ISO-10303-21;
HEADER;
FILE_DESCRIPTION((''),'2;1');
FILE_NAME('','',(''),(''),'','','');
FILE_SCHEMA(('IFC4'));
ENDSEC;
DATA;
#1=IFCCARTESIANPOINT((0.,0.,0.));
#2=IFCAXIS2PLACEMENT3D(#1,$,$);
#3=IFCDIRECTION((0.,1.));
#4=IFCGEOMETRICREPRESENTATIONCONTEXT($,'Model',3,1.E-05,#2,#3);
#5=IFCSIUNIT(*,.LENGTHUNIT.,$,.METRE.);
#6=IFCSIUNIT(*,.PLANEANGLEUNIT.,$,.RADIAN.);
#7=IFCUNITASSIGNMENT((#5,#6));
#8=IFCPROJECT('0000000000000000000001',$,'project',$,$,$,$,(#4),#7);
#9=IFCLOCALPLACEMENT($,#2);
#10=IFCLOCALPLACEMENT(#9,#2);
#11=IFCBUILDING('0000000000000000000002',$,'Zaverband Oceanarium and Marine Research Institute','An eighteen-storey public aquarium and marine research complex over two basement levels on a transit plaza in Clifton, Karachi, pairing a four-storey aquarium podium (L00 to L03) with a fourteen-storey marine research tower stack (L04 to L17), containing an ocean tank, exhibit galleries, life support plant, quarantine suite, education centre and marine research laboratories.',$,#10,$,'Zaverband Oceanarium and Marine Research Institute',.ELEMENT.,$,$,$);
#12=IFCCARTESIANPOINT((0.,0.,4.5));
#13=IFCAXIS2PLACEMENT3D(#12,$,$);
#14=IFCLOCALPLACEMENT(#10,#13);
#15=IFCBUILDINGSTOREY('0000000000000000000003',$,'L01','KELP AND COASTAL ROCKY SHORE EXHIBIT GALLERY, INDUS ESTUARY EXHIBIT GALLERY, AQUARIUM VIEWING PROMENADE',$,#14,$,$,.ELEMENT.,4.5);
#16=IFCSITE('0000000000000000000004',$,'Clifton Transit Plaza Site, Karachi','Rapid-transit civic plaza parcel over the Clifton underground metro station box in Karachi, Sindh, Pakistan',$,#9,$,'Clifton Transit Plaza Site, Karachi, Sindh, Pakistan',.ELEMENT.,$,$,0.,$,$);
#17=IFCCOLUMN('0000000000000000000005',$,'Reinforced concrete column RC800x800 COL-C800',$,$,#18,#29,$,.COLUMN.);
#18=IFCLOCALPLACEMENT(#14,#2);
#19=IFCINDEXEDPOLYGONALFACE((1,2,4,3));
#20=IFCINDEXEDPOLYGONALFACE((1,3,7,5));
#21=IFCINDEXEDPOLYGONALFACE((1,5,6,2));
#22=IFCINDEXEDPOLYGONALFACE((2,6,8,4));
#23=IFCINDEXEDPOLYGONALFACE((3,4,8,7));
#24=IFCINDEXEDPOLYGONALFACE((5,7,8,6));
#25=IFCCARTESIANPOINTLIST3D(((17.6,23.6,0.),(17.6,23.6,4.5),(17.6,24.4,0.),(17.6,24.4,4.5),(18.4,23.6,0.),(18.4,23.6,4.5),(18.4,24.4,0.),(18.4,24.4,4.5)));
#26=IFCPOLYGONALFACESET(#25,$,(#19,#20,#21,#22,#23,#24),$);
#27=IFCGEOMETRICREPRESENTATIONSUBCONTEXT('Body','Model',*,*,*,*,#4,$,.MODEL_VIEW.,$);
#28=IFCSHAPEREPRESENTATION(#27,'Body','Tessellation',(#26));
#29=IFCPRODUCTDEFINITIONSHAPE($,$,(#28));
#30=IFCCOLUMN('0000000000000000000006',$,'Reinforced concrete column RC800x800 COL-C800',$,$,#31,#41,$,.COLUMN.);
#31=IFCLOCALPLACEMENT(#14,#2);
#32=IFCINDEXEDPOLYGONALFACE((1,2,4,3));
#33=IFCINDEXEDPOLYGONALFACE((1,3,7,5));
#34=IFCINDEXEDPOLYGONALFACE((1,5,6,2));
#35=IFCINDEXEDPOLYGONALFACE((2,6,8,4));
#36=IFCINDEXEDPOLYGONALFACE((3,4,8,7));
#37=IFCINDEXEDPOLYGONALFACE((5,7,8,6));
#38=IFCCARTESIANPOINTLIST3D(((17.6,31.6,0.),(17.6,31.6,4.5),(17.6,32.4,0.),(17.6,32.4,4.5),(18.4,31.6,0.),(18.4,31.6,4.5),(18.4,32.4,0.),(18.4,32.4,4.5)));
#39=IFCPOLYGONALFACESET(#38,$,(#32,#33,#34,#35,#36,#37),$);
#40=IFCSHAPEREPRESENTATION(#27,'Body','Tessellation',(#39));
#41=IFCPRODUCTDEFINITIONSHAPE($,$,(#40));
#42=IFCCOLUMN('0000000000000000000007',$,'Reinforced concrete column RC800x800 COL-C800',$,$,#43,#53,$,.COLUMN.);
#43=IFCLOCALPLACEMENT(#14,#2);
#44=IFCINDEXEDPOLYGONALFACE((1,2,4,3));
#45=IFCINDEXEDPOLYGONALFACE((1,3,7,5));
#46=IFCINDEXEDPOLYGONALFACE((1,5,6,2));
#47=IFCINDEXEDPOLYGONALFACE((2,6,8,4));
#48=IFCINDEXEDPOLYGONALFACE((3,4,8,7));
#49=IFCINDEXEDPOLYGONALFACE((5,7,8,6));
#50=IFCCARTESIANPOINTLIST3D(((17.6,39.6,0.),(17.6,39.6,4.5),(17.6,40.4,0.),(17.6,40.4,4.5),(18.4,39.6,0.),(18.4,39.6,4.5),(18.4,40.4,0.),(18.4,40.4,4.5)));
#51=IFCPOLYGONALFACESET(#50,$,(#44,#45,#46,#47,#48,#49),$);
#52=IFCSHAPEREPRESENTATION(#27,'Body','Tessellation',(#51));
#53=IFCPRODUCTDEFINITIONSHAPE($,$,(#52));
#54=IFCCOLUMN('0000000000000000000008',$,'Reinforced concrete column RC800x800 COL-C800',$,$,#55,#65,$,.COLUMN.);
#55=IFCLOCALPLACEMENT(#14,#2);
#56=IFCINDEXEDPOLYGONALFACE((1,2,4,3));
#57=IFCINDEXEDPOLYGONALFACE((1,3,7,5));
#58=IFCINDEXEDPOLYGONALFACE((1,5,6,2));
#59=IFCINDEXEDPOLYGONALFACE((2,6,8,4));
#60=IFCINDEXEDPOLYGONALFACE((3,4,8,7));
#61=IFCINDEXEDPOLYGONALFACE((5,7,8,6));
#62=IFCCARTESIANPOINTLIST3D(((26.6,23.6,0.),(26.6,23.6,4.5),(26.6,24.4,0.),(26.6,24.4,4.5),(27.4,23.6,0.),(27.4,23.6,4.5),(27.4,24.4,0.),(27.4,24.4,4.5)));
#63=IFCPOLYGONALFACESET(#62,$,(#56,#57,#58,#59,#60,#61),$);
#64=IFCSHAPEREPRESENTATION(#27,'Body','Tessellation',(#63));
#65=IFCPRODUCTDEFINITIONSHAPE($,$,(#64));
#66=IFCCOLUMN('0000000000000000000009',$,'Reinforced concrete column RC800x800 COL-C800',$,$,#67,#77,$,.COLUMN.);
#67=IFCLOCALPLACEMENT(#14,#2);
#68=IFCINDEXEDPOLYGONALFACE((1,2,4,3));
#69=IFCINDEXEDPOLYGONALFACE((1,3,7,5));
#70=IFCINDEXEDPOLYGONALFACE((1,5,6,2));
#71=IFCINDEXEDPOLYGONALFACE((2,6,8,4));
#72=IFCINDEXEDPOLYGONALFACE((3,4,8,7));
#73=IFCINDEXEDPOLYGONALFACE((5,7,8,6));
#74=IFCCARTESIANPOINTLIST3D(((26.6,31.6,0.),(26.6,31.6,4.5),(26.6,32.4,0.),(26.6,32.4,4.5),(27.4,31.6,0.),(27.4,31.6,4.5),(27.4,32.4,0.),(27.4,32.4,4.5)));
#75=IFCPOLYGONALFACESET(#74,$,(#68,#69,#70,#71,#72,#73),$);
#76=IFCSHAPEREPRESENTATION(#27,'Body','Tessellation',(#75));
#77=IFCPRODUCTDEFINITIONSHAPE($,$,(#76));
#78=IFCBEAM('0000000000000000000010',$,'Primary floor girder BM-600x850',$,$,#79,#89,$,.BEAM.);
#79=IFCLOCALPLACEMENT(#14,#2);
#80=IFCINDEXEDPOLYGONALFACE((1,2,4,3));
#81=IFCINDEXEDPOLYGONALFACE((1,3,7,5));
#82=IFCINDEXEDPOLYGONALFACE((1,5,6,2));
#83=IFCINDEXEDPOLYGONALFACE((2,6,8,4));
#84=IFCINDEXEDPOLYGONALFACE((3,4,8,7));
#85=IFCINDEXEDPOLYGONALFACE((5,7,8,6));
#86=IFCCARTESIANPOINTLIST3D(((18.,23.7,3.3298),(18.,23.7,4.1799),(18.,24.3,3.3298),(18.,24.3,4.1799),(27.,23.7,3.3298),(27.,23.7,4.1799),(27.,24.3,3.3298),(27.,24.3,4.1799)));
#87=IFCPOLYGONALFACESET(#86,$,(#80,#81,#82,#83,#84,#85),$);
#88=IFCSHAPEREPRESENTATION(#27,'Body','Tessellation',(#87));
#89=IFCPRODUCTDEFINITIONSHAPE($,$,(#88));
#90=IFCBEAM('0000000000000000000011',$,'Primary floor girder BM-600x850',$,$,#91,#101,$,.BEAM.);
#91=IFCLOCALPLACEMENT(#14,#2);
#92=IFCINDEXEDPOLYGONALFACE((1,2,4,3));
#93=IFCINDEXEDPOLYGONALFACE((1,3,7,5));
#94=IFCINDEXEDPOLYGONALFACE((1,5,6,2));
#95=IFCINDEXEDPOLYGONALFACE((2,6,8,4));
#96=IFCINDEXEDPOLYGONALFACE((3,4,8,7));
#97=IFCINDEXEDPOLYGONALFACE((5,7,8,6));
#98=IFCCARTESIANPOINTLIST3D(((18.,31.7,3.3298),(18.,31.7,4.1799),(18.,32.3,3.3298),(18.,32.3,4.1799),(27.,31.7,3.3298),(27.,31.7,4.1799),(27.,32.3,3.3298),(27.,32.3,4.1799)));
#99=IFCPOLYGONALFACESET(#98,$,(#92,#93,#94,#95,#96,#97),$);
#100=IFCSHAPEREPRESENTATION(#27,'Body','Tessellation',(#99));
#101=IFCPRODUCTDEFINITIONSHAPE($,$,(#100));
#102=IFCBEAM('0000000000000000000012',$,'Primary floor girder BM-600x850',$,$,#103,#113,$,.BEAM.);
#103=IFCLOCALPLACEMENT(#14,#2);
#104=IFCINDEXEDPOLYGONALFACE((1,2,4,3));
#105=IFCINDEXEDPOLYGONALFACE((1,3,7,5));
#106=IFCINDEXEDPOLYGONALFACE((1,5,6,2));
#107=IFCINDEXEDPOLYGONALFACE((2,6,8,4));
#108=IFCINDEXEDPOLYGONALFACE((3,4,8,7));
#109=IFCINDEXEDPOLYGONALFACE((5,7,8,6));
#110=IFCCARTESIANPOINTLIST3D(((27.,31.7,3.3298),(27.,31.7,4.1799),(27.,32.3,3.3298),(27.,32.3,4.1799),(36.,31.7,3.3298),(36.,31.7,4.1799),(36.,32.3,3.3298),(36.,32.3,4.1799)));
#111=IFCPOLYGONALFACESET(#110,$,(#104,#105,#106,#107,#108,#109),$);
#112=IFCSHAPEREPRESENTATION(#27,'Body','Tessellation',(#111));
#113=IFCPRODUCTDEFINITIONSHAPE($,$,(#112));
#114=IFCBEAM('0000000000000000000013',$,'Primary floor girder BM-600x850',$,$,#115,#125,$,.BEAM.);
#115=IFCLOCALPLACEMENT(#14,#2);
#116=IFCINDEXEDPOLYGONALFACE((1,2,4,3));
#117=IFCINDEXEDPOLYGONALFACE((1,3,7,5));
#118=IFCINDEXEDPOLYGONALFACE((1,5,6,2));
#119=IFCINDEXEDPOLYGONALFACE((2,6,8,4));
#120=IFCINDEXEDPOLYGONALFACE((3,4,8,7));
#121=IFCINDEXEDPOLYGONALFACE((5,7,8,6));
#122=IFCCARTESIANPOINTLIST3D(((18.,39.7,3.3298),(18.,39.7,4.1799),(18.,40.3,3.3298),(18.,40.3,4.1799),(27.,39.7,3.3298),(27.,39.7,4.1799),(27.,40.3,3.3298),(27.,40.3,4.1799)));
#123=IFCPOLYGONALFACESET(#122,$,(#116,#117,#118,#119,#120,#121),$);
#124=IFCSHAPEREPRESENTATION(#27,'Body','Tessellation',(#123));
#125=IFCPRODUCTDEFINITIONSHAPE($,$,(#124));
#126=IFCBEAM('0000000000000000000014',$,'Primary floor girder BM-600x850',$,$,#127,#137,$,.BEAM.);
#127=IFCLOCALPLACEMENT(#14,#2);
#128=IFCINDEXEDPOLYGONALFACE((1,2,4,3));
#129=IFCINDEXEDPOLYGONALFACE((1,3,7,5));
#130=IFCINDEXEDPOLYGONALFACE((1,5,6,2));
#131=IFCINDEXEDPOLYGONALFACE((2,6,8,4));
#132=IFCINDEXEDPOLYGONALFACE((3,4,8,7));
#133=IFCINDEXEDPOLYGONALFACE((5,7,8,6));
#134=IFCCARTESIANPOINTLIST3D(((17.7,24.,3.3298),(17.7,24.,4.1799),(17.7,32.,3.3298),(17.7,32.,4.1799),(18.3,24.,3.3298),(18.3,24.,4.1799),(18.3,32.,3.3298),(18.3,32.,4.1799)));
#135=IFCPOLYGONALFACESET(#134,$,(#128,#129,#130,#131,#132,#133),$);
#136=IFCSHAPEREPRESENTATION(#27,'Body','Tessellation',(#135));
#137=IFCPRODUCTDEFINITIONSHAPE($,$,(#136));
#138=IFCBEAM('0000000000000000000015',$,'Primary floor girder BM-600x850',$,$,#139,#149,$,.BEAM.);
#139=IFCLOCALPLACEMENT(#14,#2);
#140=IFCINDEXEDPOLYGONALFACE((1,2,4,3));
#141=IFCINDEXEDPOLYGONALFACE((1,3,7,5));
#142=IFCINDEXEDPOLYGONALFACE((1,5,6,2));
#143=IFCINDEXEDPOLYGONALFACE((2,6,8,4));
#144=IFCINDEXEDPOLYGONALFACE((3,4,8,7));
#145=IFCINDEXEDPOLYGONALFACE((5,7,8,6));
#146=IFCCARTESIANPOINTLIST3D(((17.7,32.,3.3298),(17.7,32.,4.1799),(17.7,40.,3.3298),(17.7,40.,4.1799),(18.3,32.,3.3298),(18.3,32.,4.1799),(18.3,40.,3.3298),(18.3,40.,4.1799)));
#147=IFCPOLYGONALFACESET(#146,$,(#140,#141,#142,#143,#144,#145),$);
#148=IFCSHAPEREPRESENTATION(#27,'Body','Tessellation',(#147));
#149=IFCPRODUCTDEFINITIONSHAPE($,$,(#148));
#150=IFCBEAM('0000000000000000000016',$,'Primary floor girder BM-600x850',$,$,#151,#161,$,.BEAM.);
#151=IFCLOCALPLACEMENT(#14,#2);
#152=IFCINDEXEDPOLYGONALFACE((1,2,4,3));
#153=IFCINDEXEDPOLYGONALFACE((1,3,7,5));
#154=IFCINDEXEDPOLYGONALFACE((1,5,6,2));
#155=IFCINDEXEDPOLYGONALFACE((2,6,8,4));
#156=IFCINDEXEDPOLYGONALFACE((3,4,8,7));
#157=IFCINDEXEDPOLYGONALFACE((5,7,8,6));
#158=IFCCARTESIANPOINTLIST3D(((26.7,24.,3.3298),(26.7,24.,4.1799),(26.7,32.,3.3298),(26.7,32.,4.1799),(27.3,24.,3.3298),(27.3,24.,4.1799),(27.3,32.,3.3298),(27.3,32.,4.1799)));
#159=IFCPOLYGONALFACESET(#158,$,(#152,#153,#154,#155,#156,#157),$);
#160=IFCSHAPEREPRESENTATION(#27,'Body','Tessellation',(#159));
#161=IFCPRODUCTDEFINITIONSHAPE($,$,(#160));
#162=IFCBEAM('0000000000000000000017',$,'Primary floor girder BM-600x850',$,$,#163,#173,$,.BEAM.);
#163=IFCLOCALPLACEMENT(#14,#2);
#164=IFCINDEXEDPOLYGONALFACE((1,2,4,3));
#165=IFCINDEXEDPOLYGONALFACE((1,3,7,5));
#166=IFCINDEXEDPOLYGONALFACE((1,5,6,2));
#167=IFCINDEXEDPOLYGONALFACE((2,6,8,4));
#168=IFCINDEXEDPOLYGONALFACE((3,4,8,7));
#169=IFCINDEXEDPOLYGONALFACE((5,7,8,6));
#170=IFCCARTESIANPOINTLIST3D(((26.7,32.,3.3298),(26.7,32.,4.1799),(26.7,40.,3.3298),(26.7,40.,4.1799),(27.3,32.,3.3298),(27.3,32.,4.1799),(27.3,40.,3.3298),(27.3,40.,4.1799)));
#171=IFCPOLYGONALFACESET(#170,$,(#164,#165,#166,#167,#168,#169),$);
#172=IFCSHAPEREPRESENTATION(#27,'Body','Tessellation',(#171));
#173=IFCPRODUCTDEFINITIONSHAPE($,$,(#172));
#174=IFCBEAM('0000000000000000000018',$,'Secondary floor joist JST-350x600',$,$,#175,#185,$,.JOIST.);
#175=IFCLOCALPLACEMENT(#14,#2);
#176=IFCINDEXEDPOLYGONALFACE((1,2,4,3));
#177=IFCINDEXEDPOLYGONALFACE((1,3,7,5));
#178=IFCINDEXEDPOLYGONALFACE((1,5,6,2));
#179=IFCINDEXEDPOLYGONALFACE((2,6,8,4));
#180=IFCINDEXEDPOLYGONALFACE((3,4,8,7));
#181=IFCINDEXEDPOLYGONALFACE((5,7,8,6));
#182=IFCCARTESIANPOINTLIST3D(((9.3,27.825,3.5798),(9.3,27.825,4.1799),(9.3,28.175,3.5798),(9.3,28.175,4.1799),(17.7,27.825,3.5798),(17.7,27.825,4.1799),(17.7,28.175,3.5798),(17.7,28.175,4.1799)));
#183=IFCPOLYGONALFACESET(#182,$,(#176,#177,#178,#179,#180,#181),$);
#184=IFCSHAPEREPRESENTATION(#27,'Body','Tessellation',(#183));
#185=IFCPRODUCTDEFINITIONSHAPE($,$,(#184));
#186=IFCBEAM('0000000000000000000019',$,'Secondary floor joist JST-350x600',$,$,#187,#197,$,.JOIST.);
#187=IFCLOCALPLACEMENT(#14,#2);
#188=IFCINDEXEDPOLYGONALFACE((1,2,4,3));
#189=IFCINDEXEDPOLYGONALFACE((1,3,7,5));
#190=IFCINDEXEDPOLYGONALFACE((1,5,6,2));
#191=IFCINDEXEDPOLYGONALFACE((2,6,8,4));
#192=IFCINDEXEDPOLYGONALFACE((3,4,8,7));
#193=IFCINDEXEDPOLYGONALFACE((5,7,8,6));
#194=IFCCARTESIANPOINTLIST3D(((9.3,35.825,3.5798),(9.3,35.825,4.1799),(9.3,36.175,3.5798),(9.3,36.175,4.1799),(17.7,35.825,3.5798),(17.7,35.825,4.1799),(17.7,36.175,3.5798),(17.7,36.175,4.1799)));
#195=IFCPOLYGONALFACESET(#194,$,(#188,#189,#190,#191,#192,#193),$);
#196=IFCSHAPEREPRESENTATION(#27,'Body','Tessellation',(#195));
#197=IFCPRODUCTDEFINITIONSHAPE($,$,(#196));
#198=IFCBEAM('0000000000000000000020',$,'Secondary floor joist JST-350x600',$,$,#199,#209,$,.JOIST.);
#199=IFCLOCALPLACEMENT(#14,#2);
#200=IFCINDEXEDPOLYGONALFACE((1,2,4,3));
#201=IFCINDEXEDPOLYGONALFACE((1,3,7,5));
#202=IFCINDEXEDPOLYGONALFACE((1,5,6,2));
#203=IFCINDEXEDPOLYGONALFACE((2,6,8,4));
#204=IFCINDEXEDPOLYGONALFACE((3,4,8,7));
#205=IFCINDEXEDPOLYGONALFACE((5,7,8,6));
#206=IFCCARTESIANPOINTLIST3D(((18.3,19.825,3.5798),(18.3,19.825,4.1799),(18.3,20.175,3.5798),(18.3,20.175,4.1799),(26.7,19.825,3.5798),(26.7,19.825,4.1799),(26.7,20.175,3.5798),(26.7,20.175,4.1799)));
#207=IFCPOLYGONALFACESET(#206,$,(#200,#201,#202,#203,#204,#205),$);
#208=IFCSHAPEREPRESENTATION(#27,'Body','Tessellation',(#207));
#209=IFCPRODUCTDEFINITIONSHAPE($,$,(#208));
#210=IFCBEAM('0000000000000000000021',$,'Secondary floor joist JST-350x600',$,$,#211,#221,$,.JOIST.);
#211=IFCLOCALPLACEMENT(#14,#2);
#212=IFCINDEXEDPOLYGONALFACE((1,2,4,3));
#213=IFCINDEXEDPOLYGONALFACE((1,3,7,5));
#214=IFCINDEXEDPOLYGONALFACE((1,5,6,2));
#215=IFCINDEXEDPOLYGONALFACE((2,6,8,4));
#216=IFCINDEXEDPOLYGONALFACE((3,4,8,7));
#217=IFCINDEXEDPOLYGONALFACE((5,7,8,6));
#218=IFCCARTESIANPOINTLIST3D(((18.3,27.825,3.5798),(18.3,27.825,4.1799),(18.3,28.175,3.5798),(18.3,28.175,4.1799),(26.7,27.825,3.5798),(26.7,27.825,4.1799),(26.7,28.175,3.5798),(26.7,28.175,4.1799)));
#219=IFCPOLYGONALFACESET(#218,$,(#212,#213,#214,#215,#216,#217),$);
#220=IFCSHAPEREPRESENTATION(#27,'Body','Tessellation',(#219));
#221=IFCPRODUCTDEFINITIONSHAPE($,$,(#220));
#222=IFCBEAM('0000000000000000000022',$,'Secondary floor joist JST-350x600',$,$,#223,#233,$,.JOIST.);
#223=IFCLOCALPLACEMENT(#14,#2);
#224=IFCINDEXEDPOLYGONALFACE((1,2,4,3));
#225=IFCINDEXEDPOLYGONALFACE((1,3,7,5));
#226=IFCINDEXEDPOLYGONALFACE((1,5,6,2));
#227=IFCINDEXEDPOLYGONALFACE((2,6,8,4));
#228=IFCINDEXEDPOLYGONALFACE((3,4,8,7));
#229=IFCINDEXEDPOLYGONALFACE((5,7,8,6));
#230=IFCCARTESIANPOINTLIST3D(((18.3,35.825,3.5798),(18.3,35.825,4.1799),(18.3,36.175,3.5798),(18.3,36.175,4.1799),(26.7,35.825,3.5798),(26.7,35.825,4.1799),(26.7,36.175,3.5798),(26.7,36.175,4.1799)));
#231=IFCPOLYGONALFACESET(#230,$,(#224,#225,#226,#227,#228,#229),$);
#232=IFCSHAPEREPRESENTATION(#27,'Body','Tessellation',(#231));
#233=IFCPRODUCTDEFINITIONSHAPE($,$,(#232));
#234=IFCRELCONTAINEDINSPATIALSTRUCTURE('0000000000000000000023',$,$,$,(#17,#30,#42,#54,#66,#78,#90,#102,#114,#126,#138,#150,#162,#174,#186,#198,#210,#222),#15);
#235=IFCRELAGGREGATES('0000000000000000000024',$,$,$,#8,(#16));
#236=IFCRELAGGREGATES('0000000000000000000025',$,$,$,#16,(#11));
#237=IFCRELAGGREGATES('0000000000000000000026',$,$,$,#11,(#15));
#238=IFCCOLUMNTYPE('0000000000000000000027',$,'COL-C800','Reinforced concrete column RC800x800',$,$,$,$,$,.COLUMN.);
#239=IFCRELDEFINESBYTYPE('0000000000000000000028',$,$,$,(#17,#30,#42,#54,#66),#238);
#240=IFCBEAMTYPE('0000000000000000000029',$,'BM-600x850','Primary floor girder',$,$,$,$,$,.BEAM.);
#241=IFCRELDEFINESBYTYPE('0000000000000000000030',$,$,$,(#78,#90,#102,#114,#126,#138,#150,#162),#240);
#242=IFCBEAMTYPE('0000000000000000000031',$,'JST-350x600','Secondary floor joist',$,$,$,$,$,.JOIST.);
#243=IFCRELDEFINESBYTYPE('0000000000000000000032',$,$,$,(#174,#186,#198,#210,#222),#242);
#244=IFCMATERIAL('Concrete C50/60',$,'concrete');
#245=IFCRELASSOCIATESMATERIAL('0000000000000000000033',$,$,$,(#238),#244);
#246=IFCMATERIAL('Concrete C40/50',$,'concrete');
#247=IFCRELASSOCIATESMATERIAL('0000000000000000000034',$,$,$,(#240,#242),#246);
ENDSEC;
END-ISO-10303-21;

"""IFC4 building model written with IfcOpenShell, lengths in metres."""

from ifc_helpers import new_model, si_unit, direction, frame, origin, origin_2d, place, context, subcontext, project, spatial, rectangle, extrude, material, material_profile, profile_set, type_object, element, save


model = new_model("IFC4")

# Units and contexts
model_context = context("Model", 3, precision=1e-05, world=origin(), true_north=direction((0.0, 1.0)))
body_context = subcontext(model_context, "Body", "Model", "MODEL_VIEW")
ifc_project = project(units=[si_unit("LENGTHUNIT", "METRE"), si_unit("PLANEANGLEUNIT", "RADIAN")], contexts=[model_context])

# Site, building, storey
site_placement = place(None, origin())
site = spatial("IfcSite", under=ifc_project, at=site_placement, Name="Clifton Transit Plaza Site, Karachi", Description="Rapid-transit civic plaza parcel over the Clifton underground metro station box in Karachi, Sindh, Pakistan", LongName="Clifton Transit Plaza Site, Karachi, Sindh, Pakistan", CompositionType="ELEMENT", RefElevation=0.0)
building_placement = place(site_placement, origin())
building = spatial("IfcBuilding", under=site, at=building_placement, Name="Zaverband Oceanarium and Marine Research Institute", Description="An eighteen-storey public aquarium and marine research complex over two basement levels on a transit plaza in Clifton, Karachi, pairing a four-storey aquarium podium (L00 to L03) with a fourteen-storey marine research tower stack (L04 to L17), containing an ocean tank, exhibit galleries, life support plant, quarantine suite, education centre and marine research laboratories.", LongName="Zaverband Oceanarium and Marine Research Institute", CompositionType="ELEMENT")
storey_placement = place(building_placement, frame((0.0, 0.0, 4.5)))
storey = spatial("IfcBuildingStorey", under=building, at=storey_placement, Name="L01", Description="KELP AND COASTAL ROCKY SHORE EXHIBIT GALLERY, INDUS ESTUARY EXHIBIT GALLERY, AQUARIUM VIEWING PROMENADE", CompositionType="ELEMENT", Elevation=4.5)

# Columns
ifc_material_1 = material(Name="Concrete C50/60", Category="concrete")
ifc_material_profile_1 = material_profile(ifc_material_1, rectangle(XDim=0.8, YDim=0.8, at=origin_2d()), Name="RC800x800")
ifc_profile_set_1 = profile_set([ifc_material_profile_1], Name="Concrete C50/60")
column_type = type_object("IfcColumnType", Name="COL-C800", Description="Reinforced concrete column RC800x800", PredefinedType="COLUMN", material=ifc_profile_set_1)
for number, where, z_axis, x_axis, name in (
    (1, (18.0, 24.0, 0.0), (0.0, 0.0, 1.0), (1.0, 0.0, 0.0), "Reinforced concrete column RC800x800 COL-C800"),
    (2, (18.0, 32.0, 0.0), (0.0, 0.0, 1.0), (1.0, 0.0, 0.0), "Reinforced concrete column RC800x800 COL-C800"),
    (3, (18.0, 40.0, 0.0), (0.0, 0.0, 1.0), (1.0, 0.0, 0.0), "Reinforced concrete column RC800x800 COL-C800"),
    (4, (27.0, 24.0, 0.0), (0.0, 0.0, 1.0), (1.0, 0.0, 0.0), "Reinforced concrete column RC800x800 COL-C800"),
    (5, (27.0, 32.0, 0.0), (0.0, 0.0, 1.0), (1.0, 0.0, 0.0), "Reinforced concrete column RC800x800 COL-C800"),
):
    element("IfcColumn", number, at=place(storey_placement, frame(where, z_axis=z_axis, x_axis=x_axis)), inside=storey, type_object=column_type, Name=name, PredefinedType="COLUMN", context=body_context, shape_type="SweptSolid", body=[
        extrude(rectangle(XDim=0.8, YDim=0.8, at=origin_2d()), origin(), (0.0, 0.0, 1.0), 4.5),
    ])

# Beams
ifc_material_2 = material(Name="Concrete C40/50", Category="concrete")
ifc_material_profile_2 = material_profile(ifc_material_2, rectangle(XDim=0.6001, YDim=0.8501, at=origin_2d()), Name="RC600x850")
ifc_profile_set_2 = profile_set([ifc_material_profile_2], Name="Concrete C40/50")
beam_type_1 = type_object("IfcBeamType", Name="BM-600x850", Description="Primary floor girder", PredefinedType="BEAM", material=ifc_profile_set_2)
for number, where, z_axis, x_axis, name in (
    (6, (18.0, 24.0, 3.7549), (1.0, 0.0, 0.0), (0.0, 1.0, 0.0), "Primary floor girder BM-600x850"),
    (7, (18.0, 32.0, 3.7549), (1.0, 0.0, 0.0), (0.0, 1.0, 0.0), "Primary floor girder BM-600x850"),
    (8, (27.0, 32.0, 3.7549), (1.0, 0.0, 0.0), (0.0, 1.0, 0.0), "Primary floor girder BM-600x850"),
    (9, (18.0, 40.0, 3.7549), (1.0, 0.0, 0.0), (0.0, 1.0, 0.0), "Primary floor girder BM-600x850"),
):
    element("IfcBeam", number, at=place(storey_placement, frame(where, z_axis=z_axis, x_axis=x_axis)), inside=storey, type_object=beam_type_1, Name=name, PredefinedType="BEAM", context=body_context, shape_type="SweptSolid", body=[
        extrude(rectangle(XDim=0.6001, YDim=0.8501, at=origin_2d()), origin(), (0.0, 0.0, 1.0), 9.0),
    ])
for number, where, z_axis, x_axis, name in (
    (10, (18.0, 24.0, 3.7549), (0.0, 1.0, 0.0), (-1.0, 0.0, 0.0), "Primary floor girder BM-600x850"),
    (11, (18.0, 32.0, 3.7549), (0.0, 1.0, 0.0), (-1.0, 0.0, 0.0), "Primary floor girder BM-600x850"),
    (12, (27.0, 24.0, 3.7549), (0.0, 1.0, 0.0), (-1.0, 0.0, 0.0), "Primary floor girder BM-600x850"),
    (13, (27.0, 32.0, 3.7549), (0.0, 1.0, 0.0), (-1.0, 0.0, 0.0), "Primary floor girder BM-600x850"),
):
    element("IfcBeam", number, at=place(storey_placement, frame(where, z_axis=z_axis, x_axis=x_axis)), inside=storey, type_object=beam_type_1, Name=name, PredefinedType="BEAM", context=body_context, shape_type="SweptSolid", body=[
        extrude(rectangle(XDim=0.6001, YDim=0.8501, at=origin_2d()), origin(), (0.0, 0.0, 1.0), 8.0),
    ])
ifc_material_profile_3 = material_profile(ifc_material_2, rectangle(XDim=0.3501, YDim=0.6001, at=origin_2d()), Name="RC350x600")
ifc_profile_set_3 = profile_set([ifc_material_profile_3], Name="Concrete C40/50")
beam_type_2 = type_object("IfcBeamType", Name="JST-350x600", Description="Secondary floor joist", PredefinedType="JOIST", material=ifc_profile_set_3)
for number, where, z_axis, x_axis, name in (
    (14, (9.3, 28.0, 3.8799), (1.0, 0.0, 0.0), (0.0, 1.0, 0.0), "Secondary floor joist JST-350x600"),
    (15, (9.3, 36.0, 3.8799), (1.0, 0.0, 0.0), (0.0, 1.0, 0.0), "Secondary floor joist JST-350x600"),
    (16, (18.3, 20.0, 3.8799), (1.0, 0.0, 0.0), (0.0, 1.0, 0.0), "Secondary floor joist JST-350x600"),
    (17, (18.3, 28.0, 3.8799), (1.0, 0.0, 0.0), (0.0, 1.0, 0.0), "Secondary floor joist JST-350x600"),
    (18, (18.3, 36.0, 3.8799), (1.0, 0.0, 0.0), (0.0, 1.0, 0.0), "Secondary floor joist JST-350x600"),
):
    element("IfcBeam", number, at=place(storey_placement, frame(where, z_axis=z_axis, x_axis=x_axis)), inside=storey, type_object=beam_type_2, Name=name, PredefinedType="JOIST", context=body_context, shape_type="SweptSolid", body=[
        extrude(rectangle(XDim=0.3501, YDim=0.6001, at=origin_2d()), origin(), (0.0, 0.0, 1.0), 8.3999),
    ])

save(model, "model.ifc")
